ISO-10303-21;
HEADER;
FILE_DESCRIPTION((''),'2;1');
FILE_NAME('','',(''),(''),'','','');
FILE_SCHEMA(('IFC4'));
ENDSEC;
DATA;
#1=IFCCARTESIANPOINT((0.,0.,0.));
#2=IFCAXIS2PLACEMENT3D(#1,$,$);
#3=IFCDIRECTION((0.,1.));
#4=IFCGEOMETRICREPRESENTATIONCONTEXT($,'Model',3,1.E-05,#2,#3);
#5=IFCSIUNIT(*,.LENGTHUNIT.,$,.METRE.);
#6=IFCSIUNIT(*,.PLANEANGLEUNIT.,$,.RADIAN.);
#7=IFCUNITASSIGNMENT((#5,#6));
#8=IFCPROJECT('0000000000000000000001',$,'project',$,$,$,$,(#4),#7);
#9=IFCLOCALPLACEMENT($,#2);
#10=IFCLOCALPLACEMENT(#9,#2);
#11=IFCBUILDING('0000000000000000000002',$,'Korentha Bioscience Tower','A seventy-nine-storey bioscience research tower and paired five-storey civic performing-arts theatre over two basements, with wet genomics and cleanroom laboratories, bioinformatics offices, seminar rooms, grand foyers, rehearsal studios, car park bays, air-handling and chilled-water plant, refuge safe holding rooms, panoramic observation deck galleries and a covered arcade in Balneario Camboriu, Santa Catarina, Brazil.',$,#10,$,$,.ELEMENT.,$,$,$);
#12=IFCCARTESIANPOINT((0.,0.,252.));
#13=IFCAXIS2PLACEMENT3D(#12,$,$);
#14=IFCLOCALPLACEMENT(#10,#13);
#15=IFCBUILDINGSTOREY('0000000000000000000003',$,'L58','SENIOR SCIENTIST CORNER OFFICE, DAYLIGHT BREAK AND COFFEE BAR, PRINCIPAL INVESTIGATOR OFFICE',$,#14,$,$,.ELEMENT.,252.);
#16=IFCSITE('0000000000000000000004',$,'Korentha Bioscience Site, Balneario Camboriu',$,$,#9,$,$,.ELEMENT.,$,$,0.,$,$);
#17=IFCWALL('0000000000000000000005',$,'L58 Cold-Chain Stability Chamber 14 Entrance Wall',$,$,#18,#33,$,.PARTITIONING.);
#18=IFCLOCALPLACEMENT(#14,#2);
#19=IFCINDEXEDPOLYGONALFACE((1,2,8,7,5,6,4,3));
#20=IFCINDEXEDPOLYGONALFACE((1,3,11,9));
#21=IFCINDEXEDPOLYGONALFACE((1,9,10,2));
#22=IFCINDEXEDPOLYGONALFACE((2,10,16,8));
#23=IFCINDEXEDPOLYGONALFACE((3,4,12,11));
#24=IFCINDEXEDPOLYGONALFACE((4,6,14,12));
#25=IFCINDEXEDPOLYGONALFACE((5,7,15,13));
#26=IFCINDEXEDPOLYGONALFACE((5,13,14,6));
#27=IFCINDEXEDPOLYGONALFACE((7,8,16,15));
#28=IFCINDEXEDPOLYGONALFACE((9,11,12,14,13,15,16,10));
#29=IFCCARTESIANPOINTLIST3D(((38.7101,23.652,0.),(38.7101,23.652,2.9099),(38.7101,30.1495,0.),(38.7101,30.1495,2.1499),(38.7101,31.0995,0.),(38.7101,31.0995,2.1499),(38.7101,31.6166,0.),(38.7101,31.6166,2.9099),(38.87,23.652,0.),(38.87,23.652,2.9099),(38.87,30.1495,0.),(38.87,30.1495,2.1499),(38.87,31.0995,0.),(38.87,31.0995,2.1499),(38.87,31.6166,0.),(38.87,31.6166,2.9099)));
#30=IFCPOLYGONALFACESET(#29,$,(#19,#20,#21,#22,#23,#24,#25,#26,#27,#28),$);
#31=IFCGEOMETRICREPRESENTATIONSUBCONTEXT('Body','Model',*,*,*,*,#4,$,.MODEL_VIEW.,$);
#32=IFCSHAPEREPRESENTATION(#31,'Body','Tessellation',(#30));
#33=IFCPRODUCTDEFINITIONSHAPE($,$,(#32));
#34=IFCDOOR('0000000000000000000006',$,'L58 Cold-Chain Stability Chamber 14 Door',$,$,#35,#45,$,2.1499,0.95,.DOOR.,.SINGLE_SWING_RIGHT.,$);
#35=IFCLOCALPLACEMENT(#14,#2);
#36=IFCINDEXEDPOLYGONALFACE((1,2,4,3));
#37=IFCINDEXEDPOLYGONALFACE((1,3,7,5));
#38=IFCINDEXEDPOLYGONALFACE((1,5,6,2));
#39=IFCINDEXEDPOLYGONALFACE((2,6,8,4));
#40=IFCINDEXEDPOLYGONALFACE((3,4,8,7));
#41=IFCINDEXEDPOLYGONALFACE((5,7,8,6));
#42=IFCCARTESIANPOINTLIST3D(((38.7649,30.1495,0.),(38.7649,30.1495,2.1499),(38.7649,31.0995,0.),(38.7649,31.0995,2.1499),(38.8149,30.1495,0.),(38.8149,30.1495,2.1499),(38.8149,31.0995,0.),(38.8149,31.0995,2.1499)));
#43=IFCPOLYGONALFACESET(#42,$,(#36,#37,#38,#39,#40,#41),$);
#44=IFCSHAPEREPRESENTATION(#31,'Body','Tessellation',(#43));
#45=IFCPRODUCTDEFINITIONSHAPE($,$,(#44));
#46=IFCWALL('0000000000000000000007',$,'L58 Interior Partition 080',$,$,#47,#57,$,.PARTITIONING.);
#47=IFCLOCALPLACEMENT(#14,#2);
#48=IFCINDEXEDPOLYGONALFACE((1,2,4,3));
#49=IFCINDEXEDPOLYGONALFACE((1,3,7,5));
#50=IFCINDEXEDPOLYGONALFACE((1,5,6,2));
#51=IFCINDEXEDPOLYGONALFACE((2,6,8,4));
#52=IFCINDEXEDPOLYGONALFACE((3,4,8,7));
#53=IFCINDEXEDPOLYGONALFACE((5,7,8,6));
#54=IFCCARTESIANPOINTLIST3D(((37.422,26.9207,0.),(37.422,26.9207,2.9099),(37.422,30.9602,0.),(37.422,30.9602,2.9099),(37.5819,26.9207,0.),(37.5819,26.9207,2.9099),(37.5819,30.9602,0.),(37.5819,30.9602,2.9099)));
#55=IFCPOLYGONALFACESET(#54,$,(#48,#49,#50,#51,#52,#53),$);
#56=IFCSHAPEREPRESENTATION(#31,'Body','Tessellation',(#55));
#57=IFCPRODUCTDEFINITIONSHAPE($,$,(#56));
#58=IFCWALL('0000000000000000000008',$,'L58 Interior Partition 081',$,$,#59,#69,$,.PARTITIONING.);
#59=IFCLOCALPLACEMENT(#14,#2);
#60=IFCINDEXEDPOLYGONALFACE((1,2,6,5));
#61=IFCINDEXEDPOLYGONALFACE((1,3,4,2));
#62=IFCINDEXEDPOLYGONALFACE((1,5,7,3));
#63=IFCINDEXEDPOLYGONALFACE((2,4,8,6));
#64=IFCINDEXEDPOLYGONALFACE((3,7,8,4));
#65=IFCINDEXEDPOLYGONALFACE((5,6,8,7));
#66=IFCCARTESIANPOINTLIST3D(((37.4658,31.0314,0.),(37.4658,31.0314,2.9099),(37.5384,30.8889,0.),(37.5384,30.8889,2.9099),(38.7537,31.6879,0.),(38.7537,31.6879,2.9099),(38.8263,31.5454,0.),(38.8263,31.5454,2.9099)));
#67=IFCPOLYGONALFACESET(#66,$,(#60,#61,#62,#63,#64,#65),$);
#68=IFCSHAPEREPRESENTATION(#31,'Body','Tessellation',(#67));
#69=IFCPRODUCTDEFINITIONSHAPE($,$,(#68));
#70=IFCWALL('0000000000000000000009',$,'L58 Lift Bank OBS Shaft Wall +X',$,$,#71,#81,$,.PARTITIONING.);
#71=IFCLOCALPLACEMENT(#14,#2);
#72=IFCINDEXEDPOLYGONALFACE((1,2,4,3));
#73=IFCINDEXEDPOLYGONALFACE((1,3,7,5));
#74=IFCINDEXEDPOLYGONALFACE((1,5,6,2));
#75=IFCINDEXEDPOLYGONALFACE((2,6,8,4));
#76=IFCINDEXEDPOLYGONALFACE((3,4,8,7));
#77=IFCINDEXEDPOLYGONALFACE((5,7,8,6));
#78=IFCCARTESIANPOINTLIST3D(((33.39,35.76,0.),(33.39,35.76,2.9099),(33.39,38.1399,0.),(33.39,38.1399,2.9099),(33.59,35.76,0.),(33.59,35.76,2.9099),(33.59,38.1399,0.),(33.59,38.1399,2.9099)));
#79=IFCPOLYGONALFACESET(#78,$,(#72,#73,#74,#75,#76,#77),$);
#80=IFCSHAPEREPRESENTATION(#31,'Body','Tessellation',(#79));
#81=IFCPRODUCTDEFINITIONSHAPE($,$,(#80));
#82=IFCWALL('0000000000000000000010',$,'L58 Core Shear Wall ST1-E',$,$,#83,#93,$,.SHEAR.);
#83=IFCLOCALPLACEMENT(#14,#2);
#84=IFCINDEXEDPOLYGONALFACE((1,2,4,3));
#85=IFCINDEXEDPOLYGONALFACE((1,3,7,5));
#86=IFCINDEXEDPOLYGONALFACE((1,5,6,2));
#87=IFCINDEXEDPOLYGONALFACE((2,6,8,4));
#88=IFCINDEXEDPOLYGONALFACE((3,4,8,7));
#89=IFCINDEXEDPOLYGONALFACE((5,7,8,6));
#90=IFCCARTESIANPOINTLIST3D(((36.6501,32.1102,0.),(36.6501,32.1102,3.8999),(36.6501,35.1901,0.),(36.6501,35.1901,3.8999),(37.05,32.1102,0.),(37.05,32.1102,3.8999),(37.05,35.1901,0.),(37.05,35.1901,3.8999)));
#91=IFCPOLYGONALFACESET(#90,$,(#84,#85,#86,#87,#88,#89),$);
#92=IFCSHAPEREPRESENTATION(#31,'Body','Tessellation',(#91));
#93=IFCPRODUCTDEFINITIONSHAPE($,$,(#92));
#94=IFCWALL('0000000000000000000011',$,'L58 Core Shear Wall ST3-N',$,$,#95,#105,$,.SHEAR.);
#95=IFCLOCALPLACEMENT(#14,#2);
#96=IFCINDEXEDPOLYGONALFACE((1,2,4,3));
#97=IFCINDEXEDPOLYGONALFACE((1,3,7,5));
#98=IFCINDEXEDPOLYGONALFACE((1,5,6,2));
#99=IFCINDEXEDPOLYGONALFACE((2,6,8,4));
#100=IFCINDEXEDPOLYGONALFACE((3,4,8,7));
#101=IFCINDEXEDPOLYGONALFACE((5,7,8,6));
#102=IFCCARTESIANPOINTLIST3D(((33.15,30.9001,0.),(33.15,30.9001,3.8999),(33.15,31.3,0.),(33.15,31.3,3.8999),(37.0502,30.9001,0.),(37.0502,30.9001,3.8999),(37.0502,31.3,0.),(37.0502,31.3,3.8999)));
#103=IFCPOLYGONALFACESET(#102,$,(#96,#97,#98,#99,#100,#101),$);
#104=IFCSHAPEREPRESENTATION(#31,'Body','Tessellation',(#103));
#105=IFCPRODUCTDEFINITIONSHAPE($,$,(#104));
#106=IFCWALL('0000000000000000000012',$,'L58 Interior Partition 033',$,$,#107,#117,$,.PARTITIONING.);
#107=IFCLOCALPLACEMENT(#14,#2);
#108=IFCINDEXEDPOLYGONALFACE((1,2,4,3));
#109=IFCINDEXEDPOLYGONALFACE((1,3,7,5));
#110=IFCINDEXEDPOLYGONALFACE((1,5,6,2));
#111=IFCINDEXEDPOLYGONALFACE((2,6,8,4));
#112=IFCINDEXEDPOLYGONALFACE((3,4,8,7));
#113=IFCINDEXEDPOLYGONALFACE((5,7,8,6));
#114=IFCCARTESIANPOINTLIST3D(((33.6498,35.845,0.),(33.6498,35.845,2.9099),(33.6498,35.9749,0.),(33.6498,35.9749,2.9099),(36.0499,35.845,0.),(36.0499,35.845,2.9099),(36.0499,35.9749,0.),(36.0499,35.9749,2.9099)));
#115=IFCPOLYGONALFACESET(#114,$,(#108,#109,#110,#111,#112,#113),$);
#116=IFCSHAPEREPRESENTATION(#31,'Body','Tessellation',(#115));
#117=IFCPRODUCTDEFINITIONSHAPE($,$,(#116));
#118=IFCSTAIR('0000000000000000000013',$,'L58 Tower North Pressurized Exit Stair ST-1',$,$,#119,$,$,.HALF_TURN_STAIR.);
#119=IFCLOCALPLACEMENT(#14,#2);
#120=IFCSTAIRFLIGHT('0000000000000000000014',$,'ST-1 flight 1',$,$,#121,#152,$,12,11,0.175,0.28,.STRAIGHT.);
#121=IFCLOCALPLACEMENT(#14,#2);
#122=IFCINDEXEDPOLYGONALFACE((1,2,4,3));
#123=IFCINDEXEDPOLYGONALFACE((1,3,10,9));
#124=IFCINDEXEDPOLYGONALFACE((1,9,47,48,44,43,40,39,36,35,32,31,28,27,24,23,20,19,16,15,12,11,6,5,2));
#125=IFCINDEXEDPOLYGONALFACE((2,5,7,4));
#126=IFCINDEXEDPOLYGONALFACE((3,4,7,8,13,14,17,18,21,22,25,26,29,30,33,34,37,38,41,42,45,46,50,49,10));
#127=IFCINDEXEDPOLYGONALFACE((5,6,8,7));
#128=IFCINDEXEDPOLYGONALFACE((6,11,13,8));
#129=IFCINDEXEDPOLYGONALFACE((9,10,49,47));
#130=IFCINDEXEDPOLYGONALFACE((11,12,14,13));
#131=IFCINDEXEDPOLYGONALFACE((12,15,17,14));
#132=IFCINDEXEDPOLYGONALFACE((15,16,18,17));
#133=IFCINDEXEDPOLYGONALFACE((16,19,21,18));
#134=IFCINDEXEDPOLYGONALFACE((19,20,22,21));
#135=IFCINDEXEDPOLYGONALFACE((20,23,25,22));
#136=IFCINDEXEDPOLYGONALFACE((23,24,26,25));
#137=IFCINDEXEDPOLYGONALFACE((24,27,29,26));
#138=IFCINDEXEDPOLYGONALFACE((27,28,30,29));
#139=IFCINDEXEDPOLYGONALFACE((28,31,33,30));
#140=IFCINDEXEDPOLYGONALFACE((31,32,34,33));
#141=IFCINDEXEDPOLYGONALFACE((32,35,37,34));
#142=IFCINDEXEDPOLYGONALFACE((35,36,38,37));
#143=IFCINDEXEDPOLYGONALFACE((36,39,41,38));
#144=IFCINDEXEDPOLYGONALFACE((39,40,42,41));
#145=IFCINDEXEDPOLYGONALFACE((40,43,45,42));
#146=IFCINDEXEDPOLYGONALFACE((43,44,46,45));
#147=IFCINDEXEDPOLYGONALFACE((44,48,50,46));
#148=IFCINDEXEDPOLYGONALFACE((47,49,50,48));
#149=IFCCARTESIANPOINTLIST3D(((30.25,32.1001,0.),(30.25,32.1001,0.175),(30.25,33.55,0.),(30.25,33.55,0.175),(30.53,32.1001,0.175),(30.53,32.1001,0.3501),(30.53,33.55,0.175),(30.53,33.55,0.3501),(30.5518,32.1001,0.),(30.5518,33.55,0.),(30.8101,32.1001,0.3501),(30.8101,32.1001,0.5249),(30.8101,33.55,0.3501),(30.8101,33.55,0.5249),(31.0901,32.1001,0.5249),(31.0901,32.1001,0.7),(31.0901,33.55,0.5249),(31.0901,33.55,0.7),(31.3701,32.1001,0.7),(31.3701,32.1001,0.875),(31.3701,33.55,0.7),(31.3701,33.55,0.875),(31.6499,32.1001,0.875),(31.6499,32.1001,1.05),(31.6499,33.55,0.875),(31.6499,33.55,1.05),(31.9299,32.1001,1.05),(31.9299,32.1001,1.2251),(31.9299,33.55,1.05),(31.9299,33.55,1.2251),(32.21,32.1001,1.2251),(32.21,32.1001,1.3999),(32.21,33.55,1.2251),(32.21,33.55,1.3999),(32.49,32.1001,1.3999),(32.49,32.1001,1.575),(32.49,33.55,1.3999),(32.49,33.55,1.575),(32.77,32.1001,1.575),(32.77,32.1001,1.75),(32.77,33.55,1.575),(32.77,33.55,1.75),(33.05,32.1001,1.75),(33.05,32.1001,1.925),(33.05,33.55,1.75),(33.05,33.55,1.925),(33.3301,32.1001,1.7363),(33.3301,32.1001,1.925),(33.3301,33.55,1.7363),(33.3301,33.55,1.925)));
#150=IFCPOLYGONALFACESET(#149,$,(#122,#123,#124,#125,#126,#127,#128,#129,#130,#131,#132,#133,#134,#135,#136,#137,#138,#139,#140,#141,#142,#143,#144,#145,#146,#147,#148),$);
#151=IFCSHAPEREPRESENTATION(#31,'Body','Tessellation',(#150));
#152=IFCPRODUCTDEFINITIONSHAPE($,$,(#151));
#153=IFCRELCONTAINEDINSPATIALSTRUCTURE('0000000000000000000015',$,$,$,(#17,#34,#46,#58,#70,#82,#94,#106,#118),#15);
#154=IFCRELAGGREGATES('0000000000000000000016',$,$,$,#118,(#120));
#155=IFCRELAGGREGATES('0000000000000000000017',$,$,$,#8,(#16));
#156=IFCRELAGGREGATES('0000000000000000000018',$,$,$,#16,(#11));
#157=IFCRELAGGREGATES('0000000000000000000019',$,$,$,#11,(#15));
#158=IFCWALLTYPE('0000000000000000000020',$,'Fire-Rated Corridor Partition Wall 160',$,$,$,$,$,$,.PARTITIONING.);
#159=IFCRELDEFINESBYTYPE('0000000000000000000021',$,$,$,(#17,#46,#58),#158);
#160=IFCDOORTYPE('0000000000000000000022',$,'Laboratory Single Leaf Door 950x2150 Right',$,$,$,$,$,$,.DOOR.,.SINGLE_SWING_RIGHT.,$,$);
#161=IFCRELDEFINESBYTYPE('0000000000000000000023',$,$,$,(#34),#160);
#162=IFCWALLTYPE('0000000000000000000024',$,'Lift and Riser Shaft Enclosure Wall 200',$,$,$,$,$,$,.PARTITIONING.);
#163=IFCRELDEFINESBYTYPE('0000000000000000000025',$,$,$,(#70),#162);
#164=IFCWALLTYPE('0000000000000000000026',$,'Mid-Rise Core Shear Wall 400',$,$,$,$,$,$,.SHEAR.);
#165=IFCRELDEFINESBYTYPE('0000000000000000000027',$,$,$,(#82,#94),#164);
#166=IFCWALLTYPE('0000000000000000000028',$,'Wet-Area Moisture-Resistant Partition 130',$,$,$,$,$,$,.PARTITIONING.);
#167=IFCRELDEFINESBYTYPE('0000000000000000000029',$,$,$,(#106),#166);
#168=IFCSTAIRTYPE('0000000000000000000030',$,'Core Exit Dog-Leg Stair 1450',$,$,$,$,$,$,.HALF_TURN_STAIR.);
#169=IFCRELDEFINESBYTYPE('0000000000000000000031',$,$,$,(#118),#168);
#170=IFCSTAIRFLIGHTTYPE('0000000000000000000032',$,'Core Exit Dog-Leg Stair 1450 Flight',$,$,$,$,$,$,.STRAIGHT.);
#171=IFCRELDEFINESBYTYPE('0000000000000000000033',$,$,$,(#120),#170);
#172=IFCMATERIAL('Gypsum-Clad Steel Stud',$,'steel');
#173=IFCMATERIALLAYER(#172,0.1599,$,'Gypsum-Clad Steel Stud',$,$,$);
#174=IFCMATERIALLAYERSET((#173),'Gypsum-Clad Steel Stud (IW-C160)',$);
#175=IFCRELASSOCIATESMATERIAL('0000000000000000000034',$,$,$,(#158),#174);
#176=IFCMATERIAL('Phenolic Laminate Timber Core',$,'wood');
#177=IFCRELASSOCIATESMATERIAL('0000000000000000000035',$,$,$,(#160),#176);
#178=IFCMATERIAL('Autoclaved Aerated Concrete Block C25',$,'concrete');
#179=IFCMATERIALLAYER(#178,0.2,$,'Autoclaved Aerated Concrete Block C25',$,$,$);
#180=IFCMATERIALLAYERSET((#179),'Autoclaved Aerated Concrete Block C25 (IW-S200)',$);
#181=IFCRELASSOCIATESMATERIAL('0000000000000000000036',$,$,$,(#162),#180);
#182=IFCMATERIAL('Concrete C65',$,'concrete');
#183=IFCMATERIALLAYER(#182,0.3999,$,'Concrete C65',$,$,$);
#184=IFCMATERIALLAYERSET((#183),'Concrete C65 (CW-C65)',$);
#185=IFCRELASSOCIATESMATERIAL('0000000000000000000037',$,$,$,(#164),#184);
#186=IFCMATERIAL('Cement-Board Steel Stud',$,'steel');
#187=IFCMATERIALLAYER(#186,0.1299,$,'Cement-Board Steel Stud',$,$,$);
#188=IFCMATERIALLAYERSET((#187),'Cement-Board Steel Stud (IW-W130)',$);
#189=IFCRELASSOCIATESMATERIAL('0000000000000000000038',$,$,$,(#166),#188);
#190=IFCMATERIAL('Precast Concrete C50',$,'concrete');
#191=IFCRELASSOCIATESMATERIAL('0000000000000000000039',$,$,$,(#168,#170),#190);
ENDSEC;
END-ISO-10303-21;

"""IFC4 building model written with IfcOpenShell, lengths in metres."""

from ifc_helpers import new_model, si_unit, direction, frame, frame_2d, origin, place, context, subcontext, project, spatial, polyline, rectangle, outline, extrude, material, layer, layer_set, type_object, element, fill, aggregate, save


model = new_model("IFC4")

# Units and contexts
model_context = context("Model", 3, precision=1e-05, world=origin(), true_north=direction((0.0, 1.0)))
body_context = subcontext(model_context, "Body", "Model", "MODEL_VIEW")
ifc_project = project(units=[si_unit("LENGTHUNIT", "METRE"), si_unit("PLANEANGLEUNIT", "RADIAN")], contexts=[model_context])

# Site, building, storey
site_placement = place(None, origin())
site = spatial("IfcSite", under=ifc_project, at=site_placement, Name="Korentha Bioscience Site, Balneario Camboriu", CompositionType="ELEMENT", RefElevation=0.0)
building_placement = place(site_placement, origin())
building = spatial("IfcBuilding", under=site, at=building_placement, Name="Korentha Bioscience Tower", Description="A seventy-nine-storey bioscience research tower and paired five-storey civic performing-arts theatre over two basements, with wet genomics and cleanroom laboratories, bioinformatics offices, seminar rooms, grand foyers, rehearsal studios, car park bays, air-handling and chilled-water plant, refuge safe holding rooms, panoramic observation deck galleries and a covered arcade in Balneario Camboriu, Santa Catarina, Brazil.", CompositionType="ELEMENT")
storey_placement = place(building_placement, frame((0.0, 0.0, 252.0)))
storey = spatial("IfcBuildingStorey", under=building, at=storey_placement, Name="L58", Description="SENIOR SCIENTIST CORNER OFFICE, DAYLIGHT BREAK AND COFFEE BAR, PRINCIPAL INVESTIGATOR OFFICE", CompositionType="ELEMENT", Elevation=252.0)

# Shared definitions
ifc_material_1 = material(Name="Concrete C65", Category="concrete")

# Wall, opening, door
ifc_material_2 = material(Name="Gypsum-Clad Steel Stud", Category="steel")
ifc_layer_1 = layer(ifc_material_2, 0.1599, Name="Gypsum-Clad Steel Stud")
ifc_layer_set_1 = layer_set([ifc_layer_1], Name="Gypsum-Clad Steel Stud (IW-C160)")
wall_type_1 = type_object("IfcWallType", Name="Fire-Rated Corridor Partition Wall 160", PredefinedType="PARTITIONING", material=ifc_layer_set_1)
wall_1_placement = place(storey_placement, frame((38.79, 31.6167, 0.0), z_axis=(0.0, 0.0, 1.0), x_axis=(0.0, -1.0, 0.0)))
wall_1 = element("IfcWall", 1, at=wall_1_placement, inside=storey, type_object=wall_type_1, Name="L58 Cold-Chain Stability Chamber 14 Entrance Wall", PredefinedType="PARTITIONING", context=body_context, shape_type="SweptSolid", body=[
    extrude(rectangle(XDim=7.9646, YDim=0.1599, at=frame_2d((3.9824, 0.0))), origin(), (0.0, 0.0, 1.0), 2.9099),
])
opening_placement = place(wall_1_placement, frame((0.5171, 0.0, 0.0)))
opening = element("IfcOpeningElement", 2, at=opening_placement, cuts=wall_1, PredefinedType="OPENING", context=body_context, shape_type="SweptSolid", body=[
    extrude(rectangle(XDim=0.95, YDim=2.1499, at=frame_2d((0.4751, 1.075))), frame((0.0, 0.0947, 0.0), z_axis=(0.0, -1.0, 0.0), x_axis=(1.0, 0.0, 0.0)), (0.0, 0.0, 1.0), 0.1897),
])
ifc_material_3 = material(Name="Phenolic Laminate Timber Core", Category="wood")
door_type = type_object("IfcDoorType", Name="Laboratory Single Leaf Door 950x2150 Right", OperationType="SINGLE_SWING_RIGHT", PredefinedType="DOOR", material=ifc_material_3)
door_placement = place(opening_placement, origin())
door = element("IfcDoor", 3, at=door_placement, inside=storey, type_object=door_type, Name="L58 Cold-Chain Stability Chamber 14 Door", OperationType="SINGLE_SWING_RIGHT", OverallHeight=2.1499, OverallWidth=0.95, PredefinedType="DOOR", context=body_context, shape_type="SweptSolid", body=[
    extrude(rectangle(XDim=0.95, YDim=2.1499, at=frame_2d((0.4751, 1.075))), frame((0.0, 0.0249, 0.0), z_axis=(0.0, -1.0, 0.0), x_axis=(1.0, 0.0, 0.0)), (0.0, 0.0, 1.0), 0.05),
])
fill(opening, door)

# Walls
wall_2_placement = place(storey_placement, frame((37.502, 26.9207, 0.0), z_axis=(0.0, 0.0, 1.0), x_axis=(0.0, 1.0, 0.0)))
element("IfcWall", 4, at=wall_2_placement, inside=storey, type_object=wall_type_1, Name="L58 Interior Partition 080", PredefinedType="PARTITIONING", context=body_context, shape_type="SweptSolid", body=[
    extrude(rectangle(XDim=4.0396, YDim=0.1599, at=frame_2d((2.0198, 0.0))), origin(), (0.0, 0.0, 1.0), 2.9099),
])
wall_3_placement = place(storey_placement, frame((37.5022, 30.9602, 0.0), z_axis=(0.0, 0.0, 1.0), x_axis=(0.890921, 0.454159, 0.0)))
element("IfcWall", 5, at=wall_3_placement, inside=storey, type_object=wall_type_1, Name="L58 Interior Partition 081", PredefinedType="PARTITIONING", context=body_context, shape_type="SweptSolid", body=[
    extrude(rectangle(XDim=1.4456, YDim=0.1599, at=frame_2d((0.7227, 0.0))), origin(), (0.0, 0.0, 1.0), 2.9099),
])
ifc_material_4 = material(Name="Autoclaved Aerated Concrete Block C25", Category="concrete")
ifc_layer_2 = layer(ifc_material_4, 0.2, Name="Autoclaved Aerated Concrete Block C25")
ifc_layer_set_2 = layer_set([ifc_layer_2], Name="Autoclaved Aerated Concrete Block C25 (IW-S200)")
wall_type_2 = type_object("IfcWallType", Name="Lift and Riser Shaft Enclosure Wall 200", PredefinedType="PARTITIONING", material=ifc_layer_set_2)
wall_4_placement = place(storey_placement, frame((33.49, 35.76, 0.0), z_axis=(0.0, 0.0, 1.0), x_axis=(0.0, 1.0, 0.0)))
element("IfcWall", 6, at=wall_4_placement, inside=storey, type_object=wall_type_2, Name="L58 Lift Bank OBS Shaft Wall +X", PredefinedType="PARTITIONING", context=body_context, shape_type="SweptSolid", body=[
    extrude(rectangle(XDim=2.3799, YDim=0.2, at=frame_2d((1.1899, 0.0))), origin(), (0.0, 0.0, 1.0), 2.9099),
])
ifc_layer_3 = layer(ifc_material_1, 0.3999, Name="Concrete C65")
ifc_layer_set_3 = layer_set([ifc_layer_3], Name="Concrete C65 (CW-C65)")
wall_type_3 = type_object("IfcWallType", Name="Mid-Rise Core Shear Wall 400", PredefinedType="SHEAR", material=ifc_layer_set_3)
wall_5_placement = place(storey_placement, frame((36.8501, 32.1101, 0.0), z_axis=(0.0, 0.0, 1.0), x_axis=(0.0, 1.0, 0.0)))
element("IfcWall", 7, at=wall_5_placement, inside=storey, type_object=wall_type_3, Name="L58 Core Shear Wall ST1-E", PredefinedType="SHEAR", context=body_context, shape_type="SweptSolid", body=[
    extrude(rectangle(XDim=3.0798, YDim=0.3999, at=frame_2d((1.54, 0.0))), origin(), (0.0, 0.0, 1.0), 3.8999),
])
wall_6_placement = place(storey_placement, frame((33.1499, 31.1001, 0.0), z_axis=(0.0, 0.0, 1.0), x_axis=(1.0, 0.0, 0.0)))
element("IfcWall", 8, at=wall_6_placement, inside=storey, type_object=wall_type_3, Name="L58 Core Shear Wall ST3-N", PredefinedType="SHEAR", context=body_context, shape_type="SweptSolid", body=[
    extrude(rectangle(XDim=3.9001, YDim=0.3999, at=frame_2d((1.9502, 0.0))), origin(), (0.0, 0.0, 1.0), 3.8999),
])
ifc_material_5 = material(Name="Cement-Board Steel Stud", Category="steel")
ifc_layer_4 = layer(ifc_material_5, 0.1299, Name="Cement-Board Steel Stud")
ifc_layer_set_4 = layer_set([ifc_layer_4], Name="Cement-Board Steel Stud (IW-W130)")
wall_type_4 = type_object("IfcWallType", Name="Wet-Area Moisture-Resistant Partition 130", PredefinedType="PARTITIONING", material=ifc_layer_set_4)
wall_7_placement = place(storey_placement, frame((36.05, 35.9099, 0.0), z_axis=(0.0, 0.0, 1.0), x_axis=(-1.0, 0.0, 0.0)))
element("IfcWall", 9, at=wall_7_placement, inside=storey, type_object=wall_type_4, Name="L58 Interior Partition 033", PredefinedType="PARTITIONING", context=body_context, shape_type="SweptSolid", body=[
    extrude(rectangle(XDim=2.4001, YDim=0.1299, at=frame_2d((1.2002, 0.0))), origin(), (0.0, 0.0, 1.0), 2.9099),
])

# Stair, stair flight
ifc_material_6 = material(Name="Precast Concrete C50", Category="concrete")
stair_type = type_object("IfcStairType", Name="Core Exit Dog-Leg Stair 1450", PredefinedType="HALF_TURN_STAIR", material=ifc_material_6)
stair_1_placement = place(storey_placement, origin())
stair_1 = element("IfcStair", 10, at=stair_1_placement, inside=storey, type_object=stair_type, Name="L58 Tower North Pressurized Exit Stair ST-1", PredefinedType="HALF_TURN_STAIR")
stair_flight_type = type_object("IfcStairFlightType", Name="Core Exit Dog-Leg Stair 1450 Flight", PredefinedType="STRAIGHT", material=ifc_material_6)
stair_flight_1_placement = place(storey_placement, frame((30.25, 32.825, 0.0), z_axis=(0.0, 0.0, 1.0), x_axis=(1.0, 0.0, 0.0)))
stair_flight_1 = element("IfcStairFlight", 11, at=stair_flight_1_placement, type_object=stair_flight_type, Name="ST-1 flight 1", NumberOfRisers=12, NumberOfTreads=11, PredefinedType="STRAIGHT", RiserHeight=0.175, TreadLength=0.28, context=body_context, shape_type="SweptSolid", body=[
    extrude(outline(polyline([(0.0, 0.0), (0.0, 0.175), (0.28, 0.175), (0.28, 0.3501), (0.5601, 0.3501), (0.5601, 0.5249), (0.8401, 0.5249), (0.8401, 0.7), (1.1201, 0.7), (1.1201, 0.875), (1.3999, 0.875), (1.3999, 1.05), (1.6799, 1.05), (1.6799, 1.2251), (1.96, 1.2251), (1.96, 1.3999), (2.24, 1.3999), (2.24, 1.575), (2.52, 1.575), (2.52, 1.75), (2.8, 1.75), (2.8, 1.925), (3.0801, 1.925), (3.0801, 2.1001), (3.0801, 1.7363), (0.3018, 0.0), (0.0, 0.0)])), frame((0.0, 0.7251, 0.0), z_axis=(0.0, -1.0, 0.0), x_axis=(1.0, 0.0, 0.0)), (0.0, 0.0, 1.0), 1.45),
])
aggregate(stair_1, [stair_flight_1])

save(model, "model.ifc")
